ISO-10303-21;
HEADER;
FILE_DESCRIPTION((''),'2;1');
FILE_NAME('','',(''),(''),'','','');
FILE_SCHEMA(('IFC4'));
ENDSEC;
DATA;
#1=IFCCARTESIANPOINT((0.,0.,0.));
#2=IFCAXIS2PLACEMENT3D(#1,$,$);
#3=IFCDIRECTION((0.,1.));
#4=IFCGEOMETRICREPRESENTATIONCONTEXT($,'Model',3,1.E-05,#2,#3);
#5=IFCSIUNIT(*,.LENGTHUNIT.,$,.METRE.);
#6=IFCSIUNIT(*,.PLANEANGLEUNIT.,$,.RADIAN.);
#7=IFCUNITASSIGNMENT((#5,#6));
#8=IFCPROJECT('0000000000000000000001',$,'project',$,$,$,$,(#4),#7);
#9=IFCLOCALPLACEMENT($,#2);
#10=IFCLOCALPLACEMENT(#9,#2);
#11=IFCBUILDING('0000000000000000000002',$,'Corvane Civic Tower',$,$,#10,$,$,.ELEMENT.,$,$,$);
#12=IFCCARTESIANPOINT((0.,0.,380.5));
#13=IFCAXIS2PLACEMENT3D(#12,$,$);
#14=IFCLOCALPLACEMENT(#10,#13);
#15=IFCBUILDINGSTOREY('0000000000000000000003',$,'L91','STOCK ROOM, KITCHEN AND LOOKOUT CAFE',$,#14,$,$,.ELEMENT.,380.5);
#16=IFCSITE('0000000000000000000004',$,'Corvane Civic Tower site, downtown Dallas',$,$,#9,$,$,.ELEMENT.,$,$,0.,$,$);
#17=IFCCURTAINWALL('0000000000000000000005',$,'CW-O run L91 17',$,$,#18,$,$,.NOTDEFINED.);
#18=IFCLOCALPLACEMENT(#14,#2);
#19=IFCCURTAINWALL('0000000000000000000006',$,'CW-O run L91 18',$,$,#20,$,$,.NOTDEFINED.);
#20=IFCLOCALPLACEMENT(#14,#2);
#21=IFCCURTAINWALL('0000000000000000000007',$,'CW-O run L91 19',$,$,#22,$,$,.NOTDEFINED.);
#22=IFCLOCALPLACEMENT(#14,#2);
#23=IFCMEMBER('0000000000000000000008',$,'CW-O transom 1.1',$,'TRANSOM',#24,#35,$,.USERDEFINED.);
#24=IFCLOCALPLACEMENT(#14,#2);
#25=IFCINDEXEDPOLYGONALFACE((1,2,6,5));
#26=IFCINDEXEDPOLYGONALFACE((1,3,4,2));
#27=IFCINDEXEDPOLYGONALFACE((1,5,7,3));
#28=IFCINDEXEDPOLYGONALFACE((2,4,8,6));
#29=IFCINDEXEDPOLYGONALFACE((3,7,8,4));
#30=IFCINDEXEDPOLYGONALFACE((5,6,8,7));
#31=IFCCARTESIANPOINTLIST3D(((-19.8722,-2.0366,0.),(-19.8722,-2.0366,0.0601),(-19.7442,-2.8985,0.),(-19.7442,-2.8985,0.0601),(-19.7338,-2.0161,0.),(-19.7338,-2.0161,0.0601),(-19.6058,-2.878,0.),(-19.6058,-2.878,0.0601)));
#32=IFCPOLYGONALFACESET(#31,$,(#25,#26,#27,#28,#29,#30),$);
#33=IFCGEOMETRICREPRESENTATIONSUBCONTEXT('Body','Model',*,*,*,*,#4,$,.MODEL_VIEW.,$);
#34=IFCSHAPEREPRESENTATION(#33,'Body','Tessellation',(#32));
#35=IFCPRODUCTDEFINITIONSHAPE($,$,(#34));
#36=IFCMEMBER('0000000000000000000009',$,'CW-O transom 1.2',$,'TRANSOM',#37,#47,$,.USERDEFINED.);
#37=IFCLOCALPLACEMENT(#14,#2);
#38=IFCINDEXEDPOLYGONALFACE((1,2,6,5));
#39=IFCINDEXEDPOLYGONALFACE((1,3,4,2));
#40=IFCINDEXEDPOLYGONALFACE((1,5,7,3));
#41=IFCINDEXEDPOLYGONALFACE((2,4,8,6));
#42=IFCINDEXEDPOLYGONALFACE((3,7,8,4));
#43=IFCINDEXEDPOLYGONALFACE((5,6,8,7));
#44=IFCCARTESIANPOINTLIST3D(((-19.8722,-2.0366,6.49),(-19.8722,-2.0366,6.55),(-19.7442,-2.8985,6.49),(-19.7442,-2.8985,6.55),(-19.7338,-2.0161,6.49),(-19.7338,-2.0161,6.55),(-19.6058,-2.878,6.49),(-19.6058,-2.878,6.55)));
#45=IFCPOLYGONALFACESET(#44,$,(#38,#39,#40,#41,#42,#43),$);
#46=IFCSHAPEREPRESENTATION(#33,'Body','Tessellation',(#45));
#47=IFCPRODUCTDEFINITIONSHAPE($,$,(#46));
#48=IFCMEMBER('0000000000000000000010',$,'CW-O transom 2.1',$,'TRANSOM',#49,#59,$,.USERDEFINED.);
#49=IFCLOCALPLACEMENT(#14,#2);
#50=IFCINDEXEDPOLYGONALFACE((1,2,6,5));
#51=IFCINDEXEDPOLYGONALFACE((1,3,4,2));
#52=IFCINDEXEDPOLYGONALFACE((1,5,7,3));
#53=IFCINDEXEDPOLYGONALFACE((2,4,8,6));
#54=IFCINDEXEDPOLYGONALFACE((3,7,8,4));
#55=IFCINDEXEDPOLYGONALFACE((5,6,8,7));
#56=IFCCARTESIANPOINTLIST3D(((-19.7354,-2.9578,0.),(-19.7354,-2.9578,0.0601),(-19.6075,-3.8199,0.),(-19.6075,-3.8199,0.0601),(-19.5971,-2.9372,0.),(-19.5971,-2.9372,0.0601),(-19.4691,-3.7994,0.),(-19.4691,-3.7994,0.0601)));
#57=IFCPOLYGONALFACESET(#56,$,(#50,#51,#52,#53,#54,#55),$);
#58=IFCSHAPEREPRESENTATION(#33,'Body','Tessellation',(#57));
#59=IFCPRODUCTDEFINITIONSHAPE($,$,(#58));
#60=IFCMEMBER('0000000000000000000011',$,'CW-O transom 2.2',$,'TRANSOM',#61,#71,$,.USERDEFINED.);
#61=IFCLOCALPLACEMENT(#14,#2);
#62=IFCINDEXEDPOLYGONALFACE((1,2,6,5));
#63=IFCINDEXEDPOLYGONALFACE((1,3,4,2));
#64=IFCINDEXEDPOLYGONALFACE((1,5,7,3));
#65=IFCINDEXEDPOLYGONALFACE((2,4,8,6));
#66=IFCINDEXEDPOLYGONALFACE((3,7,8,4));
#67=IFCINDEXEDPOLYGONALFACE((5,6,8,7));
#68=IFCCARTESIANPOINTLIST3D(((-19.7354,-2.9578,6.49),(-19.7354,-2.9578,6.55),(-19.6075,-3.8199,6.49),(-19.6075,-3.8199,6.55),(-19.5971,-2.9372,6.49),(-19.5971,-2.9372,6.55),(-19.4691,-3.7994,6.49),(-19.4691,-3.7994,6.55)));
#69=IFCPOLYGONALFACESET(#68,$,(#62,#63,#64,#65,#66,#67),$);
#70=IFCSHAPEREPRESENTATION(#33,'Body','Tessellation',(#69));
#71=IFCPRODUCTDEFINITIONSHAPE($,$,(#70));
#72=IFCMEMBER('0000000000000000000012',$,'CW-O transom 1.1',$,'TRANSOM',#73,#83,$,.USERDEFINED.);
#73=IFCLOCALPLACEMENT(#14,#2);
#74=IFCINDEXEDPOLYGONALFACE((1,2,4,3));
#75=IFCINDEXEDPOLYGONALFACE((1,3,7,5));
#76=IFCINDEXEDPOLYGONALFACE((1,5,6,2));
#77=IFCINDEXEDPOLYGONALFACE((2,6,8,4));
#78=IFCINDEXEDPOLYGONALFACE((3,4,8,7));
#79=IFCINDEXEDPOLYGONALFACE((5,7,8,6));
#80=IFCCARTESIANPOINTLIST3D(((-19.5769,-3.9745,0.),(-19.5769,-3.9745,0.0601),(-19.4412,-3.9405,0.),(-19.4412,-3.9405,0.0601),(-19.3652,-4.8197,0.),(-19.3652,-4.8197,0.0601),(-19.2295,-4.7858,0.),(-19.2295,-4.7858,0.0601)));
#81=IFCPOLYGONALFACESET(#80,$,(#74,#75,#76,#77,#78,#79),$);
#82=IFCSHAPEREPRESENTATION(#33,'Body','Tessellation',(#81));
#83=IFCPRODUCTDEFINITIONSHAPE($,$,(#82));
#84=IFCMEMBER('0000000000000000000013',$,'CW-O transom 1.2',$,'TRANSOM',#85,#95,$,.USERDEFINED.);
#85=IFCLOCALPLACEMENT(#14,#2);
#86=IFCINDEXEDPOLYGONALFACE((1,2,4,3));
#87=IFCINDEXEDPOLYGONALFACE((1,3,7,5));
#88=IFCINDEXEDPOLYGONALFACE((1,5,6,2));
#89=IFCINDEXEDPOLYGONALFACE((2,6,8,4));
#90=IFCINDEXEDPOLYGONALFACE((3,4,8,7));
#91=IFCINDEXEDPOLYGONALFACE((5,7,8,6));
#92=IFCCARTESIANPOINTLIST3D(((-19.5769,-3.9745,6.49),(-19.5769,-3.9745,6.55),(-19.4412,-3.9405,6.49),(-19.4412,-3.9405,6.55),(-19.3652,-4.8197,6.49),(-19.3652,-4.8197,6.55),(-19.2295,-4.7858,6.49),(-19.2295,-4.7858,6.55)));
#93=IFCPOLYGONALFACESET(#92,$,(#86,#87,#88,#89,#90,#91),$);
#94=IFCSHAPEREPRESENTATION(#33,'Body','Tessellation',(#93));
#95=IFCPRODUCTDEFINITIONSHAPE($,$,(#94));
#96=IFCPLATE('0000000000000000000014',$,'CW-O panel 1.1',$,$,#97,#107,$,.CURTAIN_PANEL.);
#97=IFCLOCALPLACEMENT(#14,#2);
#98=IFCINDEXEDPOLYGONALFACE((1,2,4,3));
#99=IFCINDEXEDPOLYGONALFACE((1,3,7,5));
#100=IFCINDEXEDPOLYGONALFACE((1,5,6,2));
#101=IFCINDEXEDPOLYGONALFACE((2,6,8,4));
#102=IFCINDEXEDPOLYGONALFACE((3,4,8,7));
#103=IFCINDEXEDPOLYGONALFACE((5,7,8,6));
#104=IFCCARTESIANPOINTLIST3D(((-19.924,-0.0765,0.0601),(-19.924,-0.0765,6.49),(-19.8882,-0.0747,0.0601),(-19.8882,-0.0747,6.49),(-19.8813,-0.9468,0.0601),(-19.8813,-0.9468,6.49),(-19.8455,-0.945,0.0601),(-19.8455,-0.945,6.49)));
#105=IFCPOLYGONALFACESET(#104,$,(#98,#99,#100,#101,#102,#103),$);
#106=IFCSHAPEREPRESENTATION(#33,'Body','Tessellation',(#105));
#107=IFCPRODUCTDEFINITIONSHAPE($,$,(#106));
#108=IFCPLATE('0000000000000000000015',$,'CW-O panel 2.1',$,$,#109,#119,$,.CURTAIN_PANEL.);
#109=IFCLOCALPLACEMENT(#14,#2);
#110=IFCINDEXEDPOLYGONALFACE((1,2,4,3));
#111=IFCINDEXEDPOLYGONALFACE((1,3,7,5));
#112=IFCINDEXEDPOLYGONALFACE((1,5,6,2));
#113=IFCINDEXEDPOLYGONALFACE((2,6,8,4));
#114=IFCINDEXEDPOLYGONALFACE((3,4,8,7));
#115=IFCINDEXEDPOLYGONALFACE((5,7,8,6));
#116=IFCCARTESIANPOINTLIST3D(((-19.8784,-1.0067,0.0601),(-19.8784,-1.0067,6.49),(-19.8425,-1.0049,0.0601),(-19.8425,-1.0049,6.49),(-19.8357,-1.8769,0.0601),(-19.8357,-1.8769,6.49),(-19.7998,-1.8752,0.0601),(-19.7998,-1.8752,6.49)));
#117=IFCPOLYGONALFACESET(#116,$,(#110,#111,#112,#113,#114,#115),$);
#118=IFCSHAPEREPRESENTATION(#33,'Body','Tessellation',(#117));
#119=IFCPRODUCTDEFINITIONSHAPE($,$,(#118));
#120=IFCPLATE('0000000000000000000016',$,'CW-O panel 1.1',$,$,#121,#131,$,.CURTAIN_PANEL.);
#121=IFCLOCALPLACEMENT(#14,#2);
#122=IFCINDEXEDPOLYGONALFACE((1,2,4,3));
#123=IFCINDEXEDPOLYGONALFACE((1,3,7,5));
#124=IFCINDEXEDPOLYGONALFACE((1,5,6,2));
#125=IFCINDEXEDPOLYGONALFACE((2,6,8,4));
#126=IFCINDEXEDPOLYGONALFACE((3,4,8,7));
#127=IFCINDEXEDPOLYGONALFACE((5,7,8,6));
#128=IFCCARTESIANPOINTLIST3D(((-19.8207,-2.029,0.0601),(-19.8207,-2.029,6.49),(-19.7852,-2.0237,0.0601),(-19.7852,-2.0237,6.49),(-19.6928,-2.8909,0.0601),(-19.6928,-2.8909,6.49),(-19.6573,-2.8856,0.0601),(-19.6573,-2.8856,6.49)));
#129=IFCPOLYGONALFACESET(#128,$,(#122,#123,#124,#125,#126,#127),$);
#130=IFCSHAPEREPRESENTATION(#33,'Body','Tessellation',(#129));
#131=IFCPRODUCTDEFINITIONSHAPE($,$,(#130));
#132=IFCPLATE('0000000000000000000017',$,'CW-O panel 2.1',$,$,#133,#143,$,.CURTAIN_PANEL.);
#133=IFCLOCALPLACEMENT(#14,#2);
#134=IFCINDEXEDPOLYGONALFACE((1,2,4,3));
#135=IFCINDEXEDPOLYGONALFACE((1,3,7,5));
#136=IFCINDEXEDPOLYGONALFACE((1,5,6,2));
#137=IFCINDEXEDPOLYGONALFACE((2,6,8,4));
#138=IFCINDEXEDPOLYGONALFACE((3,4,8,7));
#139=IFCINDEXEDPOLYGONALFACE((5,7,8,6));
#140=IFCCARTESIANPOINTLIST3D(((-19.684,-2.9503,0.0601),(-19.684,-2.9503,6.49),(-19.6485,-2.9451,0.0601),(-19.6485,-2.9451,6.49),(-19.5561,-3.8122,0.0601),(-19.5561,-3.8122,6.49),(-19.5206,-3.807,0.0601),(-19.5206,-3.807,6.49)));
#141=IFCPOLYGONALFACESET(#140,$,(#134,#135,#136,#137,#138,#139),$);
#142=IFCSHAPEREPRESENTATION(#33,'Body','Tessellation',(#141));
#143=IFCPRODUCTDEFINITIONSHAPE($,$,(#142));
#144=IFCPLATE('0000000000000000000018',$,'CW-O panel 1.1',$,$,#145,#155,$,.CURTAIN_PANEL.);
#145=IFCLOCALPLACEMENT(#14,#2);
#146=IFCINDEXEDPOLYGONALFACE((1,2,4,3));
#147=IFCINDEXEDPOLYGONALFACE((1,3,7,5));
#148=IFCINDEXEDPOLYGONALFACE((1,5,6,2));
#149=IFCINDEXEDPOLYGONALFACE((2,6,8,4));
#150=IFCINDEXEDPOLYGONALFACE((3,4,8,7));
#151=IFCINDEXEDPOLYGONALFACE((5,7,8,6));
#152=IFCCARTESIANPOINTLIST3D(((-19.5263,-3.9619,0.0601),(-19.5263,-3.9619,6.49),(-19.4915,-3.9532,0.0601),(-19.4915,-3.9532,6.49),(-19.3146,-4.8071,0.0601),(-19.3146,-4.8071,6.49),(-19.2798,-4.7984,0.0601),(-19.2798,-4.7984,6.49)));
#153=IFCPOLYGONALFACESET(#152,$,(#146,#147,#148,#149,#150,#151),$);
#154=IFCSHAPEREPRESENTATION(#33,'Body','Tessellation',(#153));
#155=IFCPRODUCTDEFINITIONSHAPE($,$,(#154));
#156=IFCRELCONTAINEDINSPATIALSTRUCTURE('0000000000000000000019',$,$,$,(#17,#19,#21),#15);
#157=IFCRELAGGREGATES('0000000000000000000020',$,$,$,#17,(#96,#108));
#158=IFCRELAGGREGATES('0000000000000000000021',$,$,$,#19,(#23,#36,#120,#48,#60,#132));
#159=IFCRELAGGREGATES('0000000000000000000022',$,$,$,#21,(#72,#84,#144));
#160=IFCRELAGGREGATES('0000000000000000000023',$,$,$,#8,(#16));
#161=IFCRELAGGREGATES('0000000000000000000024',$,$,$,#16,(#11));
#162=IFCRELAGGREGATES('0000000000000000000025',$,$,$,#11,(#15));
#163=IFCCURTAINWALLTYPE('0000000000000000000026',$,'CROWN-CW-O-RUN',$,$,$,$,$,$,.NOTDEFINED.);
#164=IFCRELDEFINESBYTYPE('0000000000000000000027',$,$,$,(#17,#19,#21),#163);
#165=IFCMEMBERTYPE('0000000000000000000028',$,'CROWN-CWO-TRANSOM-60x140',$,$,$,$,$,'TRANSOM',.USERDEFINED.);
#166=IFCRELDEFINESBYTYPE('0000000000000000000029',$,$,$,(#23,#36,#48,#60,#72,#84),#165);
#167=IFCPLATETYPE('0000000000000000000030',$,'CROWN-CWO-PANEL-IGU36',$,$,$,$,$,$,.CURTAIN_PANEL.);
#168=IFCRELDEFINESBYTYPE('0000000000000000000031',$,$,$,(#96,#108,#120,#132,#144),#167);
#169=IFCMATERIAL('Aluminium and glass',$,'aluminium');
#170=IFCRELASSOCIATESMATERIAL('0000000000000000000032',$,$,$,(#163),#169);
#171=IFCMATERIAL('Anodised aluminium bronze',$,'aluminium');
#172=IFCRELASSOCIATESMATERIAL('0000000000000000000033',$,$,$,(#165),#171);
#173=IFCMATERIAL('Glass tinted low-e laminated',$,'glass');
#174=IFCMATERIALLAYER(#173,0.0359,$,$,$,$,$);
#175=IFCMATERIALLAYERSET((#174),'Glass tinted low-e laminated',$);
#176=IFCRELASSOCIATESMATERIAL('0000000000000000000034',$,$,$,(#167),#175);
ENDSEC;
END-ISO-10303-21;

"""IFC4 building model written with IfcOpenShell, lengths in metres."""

from ifc_helpers import new_model, si_unit, direction, frame, origin, origin_2d, place, context, subcontext, project, spatial, rectangle, extrude, material, layer, layer_set, material_profile, profile_set, type_object, element, aggregate, save


model = new_model("IFC4")

# Units and contexts
model_context = context("Model", 3, precision=1e-05, world=origin(), true_north=direction((0.0, 1.0)))
body_context = subcontext(model_context, "Body", "Model", "MODEL_VIEW")
ifc_project = project(units=[si_unit("LENGTHUNIT", "METRE"), si_unit("PLANEANGLEUNIT", "RADIAN")], contexts=[model_context])

# Site, building, storey
site_placement = place(None, origin())
site = spatial("IfcSite", under=ifc_project, at=site_placement, Name="Corvane Civic Tower site, downtown Dallas", CompositionType="ELEMENT", RefElevation=0.0)
building_placement = place(site_placement, origin())
building = spatial("IfcBuilding", under=site, at=building_placement, Name="Corvane Civic Tower", CompositionType="ELEMENT")
storey_placement = place(building_placement, frame((0.0, 0.0, 380.5)))
storey = spatial("IfcBuildingStorey", under=building, at=storey_placement, Name="L91", Description="STOCK ROOM, KITCHEN AND LOOKOUT CAFE", CompositionType="ELEMENT", Elevation=380.5)

# Curtain walls
ifc_material_1 = material(Name="Aluminium and glass", Category="aluminium")
curtain_wall_type = type_object("IfcCurtainWallType", Name="CROWN-CW-O-RUN", PredefinedType="NOTDEFINED", material=ifc_material_1)
curtain_wall_1_placement = place(storey_placement, origin())
curtain_wall_1 = element("IfcCurtainWall", 1, at=curtain_wall_1_placement, inside=storey, type_object=curtain_wall_type, Name="CW-O run L91 17", PredefinedType="NOTDEFINED")
curtain_wall_2_placement = place(storey_placement, origin())
curtain_wall_2 = element("IfcCurtainWall", 2, at=curtain_wall_2_placement, inside=storey, type_object=curtain_wall_type, Name="CW-O run L91 18", PredefinedType="NOTDEFINED")

# Curtain wall
curtain_wall_3_placement = place(storey_placement, origin())
curtain_wall_3 = element("IfcCurtainWall", 3, at=curtain_wall_3_placement, inside=storey, type_object=curtain_wall_type, Name="CW-O run L91 19", PredefinedType="NOTDEFINED")

# Members
ifc_material_2 = material(Name="Anodised aluminium bronze", Category="aluminium")
ifc_material_profile_1 = material_profile(ifc_material_2, rectangle(XDim=0.1399, YDim=0.0601, at=origin_2d()), Name="AL 140x60")
ifc_profile_set_1 = profile_set([ifc_material_profile_1], Name="Anodised aluminium bronze")
member_type_1 = type_object("IfcMemberType", Name="CROWN-CWO-TRANSOM-60x140", ElementType="TRANSOM", PredefinedType="USERDEFINED", material=ifc_profile_set_1)
member_1_placement = place(storey_placement, frame((-19.803, -2.0264, 0.03), z_axis=(0.146833, -0.989161, 0.0), x_axis=(0.989161, 0.146833, 0.0)))
member_1 = element("IfcMember", 4, at=member_1_placement, type_object=member_type_1, Name="CW-O transom 1.1", ObjectType="TRANSOM", PredefinedType="USERDEFINED", context=body_context, shape_type="SweptSolid", body=[
    extrude(rectangle(XDim=0.1399, YDim=0.0601, at=origin_2d()), origin(), (0.0, 0.0, 1.0), 0.8713),
])
member_2_placement = place(storey_placement, frame((-19.803, -2.0264, 6.52), z_axis=(0.146833, -0.989161, 0.0), x_axis=(0.989161, 0.146833, 0.0)))
member_2 = element("IfcMember", 5, at=member_2_placement, type_object=member_type_1, Name="CW-O transom 1.2", ObjectType="TRANSOM", PredefinedType="USERDEFINED", context=body_context, shape_type="SweptSolid", body=[
    extrude(rectangle(XDim=0.1399, YDim=0.0601, at=origin_2d()), origin(), (0.0, 0.0, 1.0), 0.8713),
])
member_3_placement = place(storey_placement, frame((-19.6663, -2.9475, 0.03), z_axis=(0.146792, -0.989167, 0.0), x_axis=(0.989167, 0.146792, 0.0)))
member_3 = element("IfcMember", 6, at=member_3_placement, type_object=member_type_1, Name="CW-O transom 2.1", ObjectType="TRANSOM", PredefinedType="USERDEFINED", context=body_context, shape_type="SweptSolid", body=[
    extrude(rectangle(XDim=0.1399, YDim=0.0601, at=origin_2d()), origin(), (0.0, 0.0, 1.0), 0.8716),
])
member_4_placement = place(storey_placement, frame((-19.6663, -2.9475, 6.52), z_axis=(0.146792, -0.989167, 0.0), x_axis=(0.989167, 0.146792, 0.0)))
member_4 = element("IfcMember", 7, at=member_4_placement, type_object=member_type_1, Name="CW-O transom 2.2", ObjectType="TRANSOM", PredefinedType="USERDEFINED", context=body_context, shape_type="SweptSolid", body=[
    extrude(rectangle(XDim=0.1399, YDim=0.0601, at=origin_2d()), origin(), (0.0, 0.0, 1.0), 0.8716),
])
member_5_placement = place(storey_placement, frame((-19.509, -3.9575, 0.03), z_axis=(0.242931, -0.970044, 0.0), x_axis=(0.970044, 0.242931, 0.0)))
member_5 = element("IfcMember", 8, at=member_5_placement, type_object=member_type_1, Name="CW-O transom 1.1", ObjectType="TRANSOM", PredefinedType="USERDEFINED", context=body_context, shape_type="SweptSolid", body=[
    extrude(rectangle(XDim=0.1399, YDim=0.0601, at=origin_2d()), origin(), (0.0, 0.0, 1.0), 0.8713),
])
member_6_placement = place(storey_placement, frame((-19.509, -3.9575, 6.52), z_axis=(0.242931, -0.970044, 0.0), x_axis=(0.970044, 0.242931, 0.0)))
member_6 = element("IfcMember", 9, at=member_6_placement, type_object=member_type_1, Name="CW-O transom 1.2", ObjectType="TRANSOM", PredefinedType="USERDEFINED", context=body_context, shape_type="SweptSolid", body=[
    extrude(rectangle(XDim=0.1399, YDim=0.0601, at=origin_2d()), origin(), (0.0, 0.0, 1.0), 0.8713),
])

# Plates
ifc_material_3 = material(Name="Glass tinted low-e laminated", Category="glass")
ifc_layer = layer(ifc_material_3, 0.0359)
ifc_layer_set = layer_set([ifc_layer], Name="Glass tinted low-e laminated")
plate_type = type_object("IfcPlateType", Name="CROWN-CWO-PANEL-IGU36", PredefinedType="CURTAIN_PANEL", material=ifc_layer_set)
plate_1_placement = place(storey_placement, frame((-19.8848, -0.5107, 0.0601), z_axis=(0.0, 0.0, 1.0), x_axis=(0.048991, -0.998799, 0.0)))
plate_1 = element("IfcPlate", 10, at=plate_1_placement, type_object=plate_type, Name="CW-O panel 1.1", PredefinedType="CURTAIN_PANEL", context=body_context, shape_type="SweptSolid", body=[
    extrude(rectangle(XDim=0.8713, YDim=0.0359, at=origin_2d()), origin(), (0.0, 0.0, 1.0), 6.4299),
])
plate_2_placement = place(storey_placement, frame((-19.8391, -1.4409, 0.0601), z_axis=(0.0, 0.0, 1.0), x_axis=(0.048991, -0.998799, 0.0)))
plate_2 = element("IfcPlate", 11, at=plate_2_placement, type_object=plate_type, Name="CW-O panel 2.1", PredefinedType="CURTAIN_PANEL", context=body_context, shape_type="SweptSolid", body=[
    extrude(rectangle(XDim=0.8713, YDim=0.0359, at=origin_2d()), origin(), (0.0, 0.0, 1.0), 6.4299),
])
aggregate(curtain_wall_1, [plate_1, plate_2])
plate_3_placement = place(storey_placement, frame((-19.739, -2.4573, 0.0601), z_axis=(0.0, 0.0, 1.0), x_axis=(0.146771, -0.98917, 0.0)))
plate_3 = element("IfcPlate", 12, at=plate_3_placement, type_object=plate_type, Name="CW-O panel 1.1", PredefinedType="CURTAIN_PANEL", context=body_context, shape_type="SweptSolid", body=[
    extrude(rectangle(XDim=0.8713, YDim=0.0359, at=origin_2d()), origin(), (0.0, 0.0, 1.0), 6.4299),
])
plate_4_placement = place(storey_placement, frame((-19.6023, -3.3787, 0.0601), z_axis=(0.0, 0.0, 1.0), x_axis=(0.146771, -0.98917, 0.0)))
plate_4 = element("IfcPlate", 13, at=plate_4_placement, type_object=plate_type, Name="CW-O panel 2.1", PredefinedType="CURTAIN_PANEL", context=body_context, shape_type="SweptSolid", body=[
    extrude(rectangle(XDim=0.8713, YDim=0.0359, at=origin_2d()), origin(), (0.0, 0.0, 1.0), 6.4299),
])
aggregate(curtain_wall_2, [member_1, member_2, plate_3, member_3, member_4, plate_4])
plate_5_placement = place(storey_placement, frame((-19.4031, -4.3801, 0.0601), z_axis=(0.0, 0.0, 1.0), x_axis=(0.242952, -0.970038, 0.0)))
plate_5 = element("IfcPlate", 14, at=plate_5_placement, type_object=plate_type, Name="CW-O panel 1.1", PredefinedType="CURTAIN_PANEL", context=body_context, shape_type="SweptSolid", body=[
    extrude(rectangle(XDim=0.8713, YDim=0.0359, at=origin_2d()), origin(), (0.0, 0.0, 1.0), 6.4299),
])
aggregate(curtain_wall_3, [member_5, member_6, plate_5])

save(model, "model.ifc")
